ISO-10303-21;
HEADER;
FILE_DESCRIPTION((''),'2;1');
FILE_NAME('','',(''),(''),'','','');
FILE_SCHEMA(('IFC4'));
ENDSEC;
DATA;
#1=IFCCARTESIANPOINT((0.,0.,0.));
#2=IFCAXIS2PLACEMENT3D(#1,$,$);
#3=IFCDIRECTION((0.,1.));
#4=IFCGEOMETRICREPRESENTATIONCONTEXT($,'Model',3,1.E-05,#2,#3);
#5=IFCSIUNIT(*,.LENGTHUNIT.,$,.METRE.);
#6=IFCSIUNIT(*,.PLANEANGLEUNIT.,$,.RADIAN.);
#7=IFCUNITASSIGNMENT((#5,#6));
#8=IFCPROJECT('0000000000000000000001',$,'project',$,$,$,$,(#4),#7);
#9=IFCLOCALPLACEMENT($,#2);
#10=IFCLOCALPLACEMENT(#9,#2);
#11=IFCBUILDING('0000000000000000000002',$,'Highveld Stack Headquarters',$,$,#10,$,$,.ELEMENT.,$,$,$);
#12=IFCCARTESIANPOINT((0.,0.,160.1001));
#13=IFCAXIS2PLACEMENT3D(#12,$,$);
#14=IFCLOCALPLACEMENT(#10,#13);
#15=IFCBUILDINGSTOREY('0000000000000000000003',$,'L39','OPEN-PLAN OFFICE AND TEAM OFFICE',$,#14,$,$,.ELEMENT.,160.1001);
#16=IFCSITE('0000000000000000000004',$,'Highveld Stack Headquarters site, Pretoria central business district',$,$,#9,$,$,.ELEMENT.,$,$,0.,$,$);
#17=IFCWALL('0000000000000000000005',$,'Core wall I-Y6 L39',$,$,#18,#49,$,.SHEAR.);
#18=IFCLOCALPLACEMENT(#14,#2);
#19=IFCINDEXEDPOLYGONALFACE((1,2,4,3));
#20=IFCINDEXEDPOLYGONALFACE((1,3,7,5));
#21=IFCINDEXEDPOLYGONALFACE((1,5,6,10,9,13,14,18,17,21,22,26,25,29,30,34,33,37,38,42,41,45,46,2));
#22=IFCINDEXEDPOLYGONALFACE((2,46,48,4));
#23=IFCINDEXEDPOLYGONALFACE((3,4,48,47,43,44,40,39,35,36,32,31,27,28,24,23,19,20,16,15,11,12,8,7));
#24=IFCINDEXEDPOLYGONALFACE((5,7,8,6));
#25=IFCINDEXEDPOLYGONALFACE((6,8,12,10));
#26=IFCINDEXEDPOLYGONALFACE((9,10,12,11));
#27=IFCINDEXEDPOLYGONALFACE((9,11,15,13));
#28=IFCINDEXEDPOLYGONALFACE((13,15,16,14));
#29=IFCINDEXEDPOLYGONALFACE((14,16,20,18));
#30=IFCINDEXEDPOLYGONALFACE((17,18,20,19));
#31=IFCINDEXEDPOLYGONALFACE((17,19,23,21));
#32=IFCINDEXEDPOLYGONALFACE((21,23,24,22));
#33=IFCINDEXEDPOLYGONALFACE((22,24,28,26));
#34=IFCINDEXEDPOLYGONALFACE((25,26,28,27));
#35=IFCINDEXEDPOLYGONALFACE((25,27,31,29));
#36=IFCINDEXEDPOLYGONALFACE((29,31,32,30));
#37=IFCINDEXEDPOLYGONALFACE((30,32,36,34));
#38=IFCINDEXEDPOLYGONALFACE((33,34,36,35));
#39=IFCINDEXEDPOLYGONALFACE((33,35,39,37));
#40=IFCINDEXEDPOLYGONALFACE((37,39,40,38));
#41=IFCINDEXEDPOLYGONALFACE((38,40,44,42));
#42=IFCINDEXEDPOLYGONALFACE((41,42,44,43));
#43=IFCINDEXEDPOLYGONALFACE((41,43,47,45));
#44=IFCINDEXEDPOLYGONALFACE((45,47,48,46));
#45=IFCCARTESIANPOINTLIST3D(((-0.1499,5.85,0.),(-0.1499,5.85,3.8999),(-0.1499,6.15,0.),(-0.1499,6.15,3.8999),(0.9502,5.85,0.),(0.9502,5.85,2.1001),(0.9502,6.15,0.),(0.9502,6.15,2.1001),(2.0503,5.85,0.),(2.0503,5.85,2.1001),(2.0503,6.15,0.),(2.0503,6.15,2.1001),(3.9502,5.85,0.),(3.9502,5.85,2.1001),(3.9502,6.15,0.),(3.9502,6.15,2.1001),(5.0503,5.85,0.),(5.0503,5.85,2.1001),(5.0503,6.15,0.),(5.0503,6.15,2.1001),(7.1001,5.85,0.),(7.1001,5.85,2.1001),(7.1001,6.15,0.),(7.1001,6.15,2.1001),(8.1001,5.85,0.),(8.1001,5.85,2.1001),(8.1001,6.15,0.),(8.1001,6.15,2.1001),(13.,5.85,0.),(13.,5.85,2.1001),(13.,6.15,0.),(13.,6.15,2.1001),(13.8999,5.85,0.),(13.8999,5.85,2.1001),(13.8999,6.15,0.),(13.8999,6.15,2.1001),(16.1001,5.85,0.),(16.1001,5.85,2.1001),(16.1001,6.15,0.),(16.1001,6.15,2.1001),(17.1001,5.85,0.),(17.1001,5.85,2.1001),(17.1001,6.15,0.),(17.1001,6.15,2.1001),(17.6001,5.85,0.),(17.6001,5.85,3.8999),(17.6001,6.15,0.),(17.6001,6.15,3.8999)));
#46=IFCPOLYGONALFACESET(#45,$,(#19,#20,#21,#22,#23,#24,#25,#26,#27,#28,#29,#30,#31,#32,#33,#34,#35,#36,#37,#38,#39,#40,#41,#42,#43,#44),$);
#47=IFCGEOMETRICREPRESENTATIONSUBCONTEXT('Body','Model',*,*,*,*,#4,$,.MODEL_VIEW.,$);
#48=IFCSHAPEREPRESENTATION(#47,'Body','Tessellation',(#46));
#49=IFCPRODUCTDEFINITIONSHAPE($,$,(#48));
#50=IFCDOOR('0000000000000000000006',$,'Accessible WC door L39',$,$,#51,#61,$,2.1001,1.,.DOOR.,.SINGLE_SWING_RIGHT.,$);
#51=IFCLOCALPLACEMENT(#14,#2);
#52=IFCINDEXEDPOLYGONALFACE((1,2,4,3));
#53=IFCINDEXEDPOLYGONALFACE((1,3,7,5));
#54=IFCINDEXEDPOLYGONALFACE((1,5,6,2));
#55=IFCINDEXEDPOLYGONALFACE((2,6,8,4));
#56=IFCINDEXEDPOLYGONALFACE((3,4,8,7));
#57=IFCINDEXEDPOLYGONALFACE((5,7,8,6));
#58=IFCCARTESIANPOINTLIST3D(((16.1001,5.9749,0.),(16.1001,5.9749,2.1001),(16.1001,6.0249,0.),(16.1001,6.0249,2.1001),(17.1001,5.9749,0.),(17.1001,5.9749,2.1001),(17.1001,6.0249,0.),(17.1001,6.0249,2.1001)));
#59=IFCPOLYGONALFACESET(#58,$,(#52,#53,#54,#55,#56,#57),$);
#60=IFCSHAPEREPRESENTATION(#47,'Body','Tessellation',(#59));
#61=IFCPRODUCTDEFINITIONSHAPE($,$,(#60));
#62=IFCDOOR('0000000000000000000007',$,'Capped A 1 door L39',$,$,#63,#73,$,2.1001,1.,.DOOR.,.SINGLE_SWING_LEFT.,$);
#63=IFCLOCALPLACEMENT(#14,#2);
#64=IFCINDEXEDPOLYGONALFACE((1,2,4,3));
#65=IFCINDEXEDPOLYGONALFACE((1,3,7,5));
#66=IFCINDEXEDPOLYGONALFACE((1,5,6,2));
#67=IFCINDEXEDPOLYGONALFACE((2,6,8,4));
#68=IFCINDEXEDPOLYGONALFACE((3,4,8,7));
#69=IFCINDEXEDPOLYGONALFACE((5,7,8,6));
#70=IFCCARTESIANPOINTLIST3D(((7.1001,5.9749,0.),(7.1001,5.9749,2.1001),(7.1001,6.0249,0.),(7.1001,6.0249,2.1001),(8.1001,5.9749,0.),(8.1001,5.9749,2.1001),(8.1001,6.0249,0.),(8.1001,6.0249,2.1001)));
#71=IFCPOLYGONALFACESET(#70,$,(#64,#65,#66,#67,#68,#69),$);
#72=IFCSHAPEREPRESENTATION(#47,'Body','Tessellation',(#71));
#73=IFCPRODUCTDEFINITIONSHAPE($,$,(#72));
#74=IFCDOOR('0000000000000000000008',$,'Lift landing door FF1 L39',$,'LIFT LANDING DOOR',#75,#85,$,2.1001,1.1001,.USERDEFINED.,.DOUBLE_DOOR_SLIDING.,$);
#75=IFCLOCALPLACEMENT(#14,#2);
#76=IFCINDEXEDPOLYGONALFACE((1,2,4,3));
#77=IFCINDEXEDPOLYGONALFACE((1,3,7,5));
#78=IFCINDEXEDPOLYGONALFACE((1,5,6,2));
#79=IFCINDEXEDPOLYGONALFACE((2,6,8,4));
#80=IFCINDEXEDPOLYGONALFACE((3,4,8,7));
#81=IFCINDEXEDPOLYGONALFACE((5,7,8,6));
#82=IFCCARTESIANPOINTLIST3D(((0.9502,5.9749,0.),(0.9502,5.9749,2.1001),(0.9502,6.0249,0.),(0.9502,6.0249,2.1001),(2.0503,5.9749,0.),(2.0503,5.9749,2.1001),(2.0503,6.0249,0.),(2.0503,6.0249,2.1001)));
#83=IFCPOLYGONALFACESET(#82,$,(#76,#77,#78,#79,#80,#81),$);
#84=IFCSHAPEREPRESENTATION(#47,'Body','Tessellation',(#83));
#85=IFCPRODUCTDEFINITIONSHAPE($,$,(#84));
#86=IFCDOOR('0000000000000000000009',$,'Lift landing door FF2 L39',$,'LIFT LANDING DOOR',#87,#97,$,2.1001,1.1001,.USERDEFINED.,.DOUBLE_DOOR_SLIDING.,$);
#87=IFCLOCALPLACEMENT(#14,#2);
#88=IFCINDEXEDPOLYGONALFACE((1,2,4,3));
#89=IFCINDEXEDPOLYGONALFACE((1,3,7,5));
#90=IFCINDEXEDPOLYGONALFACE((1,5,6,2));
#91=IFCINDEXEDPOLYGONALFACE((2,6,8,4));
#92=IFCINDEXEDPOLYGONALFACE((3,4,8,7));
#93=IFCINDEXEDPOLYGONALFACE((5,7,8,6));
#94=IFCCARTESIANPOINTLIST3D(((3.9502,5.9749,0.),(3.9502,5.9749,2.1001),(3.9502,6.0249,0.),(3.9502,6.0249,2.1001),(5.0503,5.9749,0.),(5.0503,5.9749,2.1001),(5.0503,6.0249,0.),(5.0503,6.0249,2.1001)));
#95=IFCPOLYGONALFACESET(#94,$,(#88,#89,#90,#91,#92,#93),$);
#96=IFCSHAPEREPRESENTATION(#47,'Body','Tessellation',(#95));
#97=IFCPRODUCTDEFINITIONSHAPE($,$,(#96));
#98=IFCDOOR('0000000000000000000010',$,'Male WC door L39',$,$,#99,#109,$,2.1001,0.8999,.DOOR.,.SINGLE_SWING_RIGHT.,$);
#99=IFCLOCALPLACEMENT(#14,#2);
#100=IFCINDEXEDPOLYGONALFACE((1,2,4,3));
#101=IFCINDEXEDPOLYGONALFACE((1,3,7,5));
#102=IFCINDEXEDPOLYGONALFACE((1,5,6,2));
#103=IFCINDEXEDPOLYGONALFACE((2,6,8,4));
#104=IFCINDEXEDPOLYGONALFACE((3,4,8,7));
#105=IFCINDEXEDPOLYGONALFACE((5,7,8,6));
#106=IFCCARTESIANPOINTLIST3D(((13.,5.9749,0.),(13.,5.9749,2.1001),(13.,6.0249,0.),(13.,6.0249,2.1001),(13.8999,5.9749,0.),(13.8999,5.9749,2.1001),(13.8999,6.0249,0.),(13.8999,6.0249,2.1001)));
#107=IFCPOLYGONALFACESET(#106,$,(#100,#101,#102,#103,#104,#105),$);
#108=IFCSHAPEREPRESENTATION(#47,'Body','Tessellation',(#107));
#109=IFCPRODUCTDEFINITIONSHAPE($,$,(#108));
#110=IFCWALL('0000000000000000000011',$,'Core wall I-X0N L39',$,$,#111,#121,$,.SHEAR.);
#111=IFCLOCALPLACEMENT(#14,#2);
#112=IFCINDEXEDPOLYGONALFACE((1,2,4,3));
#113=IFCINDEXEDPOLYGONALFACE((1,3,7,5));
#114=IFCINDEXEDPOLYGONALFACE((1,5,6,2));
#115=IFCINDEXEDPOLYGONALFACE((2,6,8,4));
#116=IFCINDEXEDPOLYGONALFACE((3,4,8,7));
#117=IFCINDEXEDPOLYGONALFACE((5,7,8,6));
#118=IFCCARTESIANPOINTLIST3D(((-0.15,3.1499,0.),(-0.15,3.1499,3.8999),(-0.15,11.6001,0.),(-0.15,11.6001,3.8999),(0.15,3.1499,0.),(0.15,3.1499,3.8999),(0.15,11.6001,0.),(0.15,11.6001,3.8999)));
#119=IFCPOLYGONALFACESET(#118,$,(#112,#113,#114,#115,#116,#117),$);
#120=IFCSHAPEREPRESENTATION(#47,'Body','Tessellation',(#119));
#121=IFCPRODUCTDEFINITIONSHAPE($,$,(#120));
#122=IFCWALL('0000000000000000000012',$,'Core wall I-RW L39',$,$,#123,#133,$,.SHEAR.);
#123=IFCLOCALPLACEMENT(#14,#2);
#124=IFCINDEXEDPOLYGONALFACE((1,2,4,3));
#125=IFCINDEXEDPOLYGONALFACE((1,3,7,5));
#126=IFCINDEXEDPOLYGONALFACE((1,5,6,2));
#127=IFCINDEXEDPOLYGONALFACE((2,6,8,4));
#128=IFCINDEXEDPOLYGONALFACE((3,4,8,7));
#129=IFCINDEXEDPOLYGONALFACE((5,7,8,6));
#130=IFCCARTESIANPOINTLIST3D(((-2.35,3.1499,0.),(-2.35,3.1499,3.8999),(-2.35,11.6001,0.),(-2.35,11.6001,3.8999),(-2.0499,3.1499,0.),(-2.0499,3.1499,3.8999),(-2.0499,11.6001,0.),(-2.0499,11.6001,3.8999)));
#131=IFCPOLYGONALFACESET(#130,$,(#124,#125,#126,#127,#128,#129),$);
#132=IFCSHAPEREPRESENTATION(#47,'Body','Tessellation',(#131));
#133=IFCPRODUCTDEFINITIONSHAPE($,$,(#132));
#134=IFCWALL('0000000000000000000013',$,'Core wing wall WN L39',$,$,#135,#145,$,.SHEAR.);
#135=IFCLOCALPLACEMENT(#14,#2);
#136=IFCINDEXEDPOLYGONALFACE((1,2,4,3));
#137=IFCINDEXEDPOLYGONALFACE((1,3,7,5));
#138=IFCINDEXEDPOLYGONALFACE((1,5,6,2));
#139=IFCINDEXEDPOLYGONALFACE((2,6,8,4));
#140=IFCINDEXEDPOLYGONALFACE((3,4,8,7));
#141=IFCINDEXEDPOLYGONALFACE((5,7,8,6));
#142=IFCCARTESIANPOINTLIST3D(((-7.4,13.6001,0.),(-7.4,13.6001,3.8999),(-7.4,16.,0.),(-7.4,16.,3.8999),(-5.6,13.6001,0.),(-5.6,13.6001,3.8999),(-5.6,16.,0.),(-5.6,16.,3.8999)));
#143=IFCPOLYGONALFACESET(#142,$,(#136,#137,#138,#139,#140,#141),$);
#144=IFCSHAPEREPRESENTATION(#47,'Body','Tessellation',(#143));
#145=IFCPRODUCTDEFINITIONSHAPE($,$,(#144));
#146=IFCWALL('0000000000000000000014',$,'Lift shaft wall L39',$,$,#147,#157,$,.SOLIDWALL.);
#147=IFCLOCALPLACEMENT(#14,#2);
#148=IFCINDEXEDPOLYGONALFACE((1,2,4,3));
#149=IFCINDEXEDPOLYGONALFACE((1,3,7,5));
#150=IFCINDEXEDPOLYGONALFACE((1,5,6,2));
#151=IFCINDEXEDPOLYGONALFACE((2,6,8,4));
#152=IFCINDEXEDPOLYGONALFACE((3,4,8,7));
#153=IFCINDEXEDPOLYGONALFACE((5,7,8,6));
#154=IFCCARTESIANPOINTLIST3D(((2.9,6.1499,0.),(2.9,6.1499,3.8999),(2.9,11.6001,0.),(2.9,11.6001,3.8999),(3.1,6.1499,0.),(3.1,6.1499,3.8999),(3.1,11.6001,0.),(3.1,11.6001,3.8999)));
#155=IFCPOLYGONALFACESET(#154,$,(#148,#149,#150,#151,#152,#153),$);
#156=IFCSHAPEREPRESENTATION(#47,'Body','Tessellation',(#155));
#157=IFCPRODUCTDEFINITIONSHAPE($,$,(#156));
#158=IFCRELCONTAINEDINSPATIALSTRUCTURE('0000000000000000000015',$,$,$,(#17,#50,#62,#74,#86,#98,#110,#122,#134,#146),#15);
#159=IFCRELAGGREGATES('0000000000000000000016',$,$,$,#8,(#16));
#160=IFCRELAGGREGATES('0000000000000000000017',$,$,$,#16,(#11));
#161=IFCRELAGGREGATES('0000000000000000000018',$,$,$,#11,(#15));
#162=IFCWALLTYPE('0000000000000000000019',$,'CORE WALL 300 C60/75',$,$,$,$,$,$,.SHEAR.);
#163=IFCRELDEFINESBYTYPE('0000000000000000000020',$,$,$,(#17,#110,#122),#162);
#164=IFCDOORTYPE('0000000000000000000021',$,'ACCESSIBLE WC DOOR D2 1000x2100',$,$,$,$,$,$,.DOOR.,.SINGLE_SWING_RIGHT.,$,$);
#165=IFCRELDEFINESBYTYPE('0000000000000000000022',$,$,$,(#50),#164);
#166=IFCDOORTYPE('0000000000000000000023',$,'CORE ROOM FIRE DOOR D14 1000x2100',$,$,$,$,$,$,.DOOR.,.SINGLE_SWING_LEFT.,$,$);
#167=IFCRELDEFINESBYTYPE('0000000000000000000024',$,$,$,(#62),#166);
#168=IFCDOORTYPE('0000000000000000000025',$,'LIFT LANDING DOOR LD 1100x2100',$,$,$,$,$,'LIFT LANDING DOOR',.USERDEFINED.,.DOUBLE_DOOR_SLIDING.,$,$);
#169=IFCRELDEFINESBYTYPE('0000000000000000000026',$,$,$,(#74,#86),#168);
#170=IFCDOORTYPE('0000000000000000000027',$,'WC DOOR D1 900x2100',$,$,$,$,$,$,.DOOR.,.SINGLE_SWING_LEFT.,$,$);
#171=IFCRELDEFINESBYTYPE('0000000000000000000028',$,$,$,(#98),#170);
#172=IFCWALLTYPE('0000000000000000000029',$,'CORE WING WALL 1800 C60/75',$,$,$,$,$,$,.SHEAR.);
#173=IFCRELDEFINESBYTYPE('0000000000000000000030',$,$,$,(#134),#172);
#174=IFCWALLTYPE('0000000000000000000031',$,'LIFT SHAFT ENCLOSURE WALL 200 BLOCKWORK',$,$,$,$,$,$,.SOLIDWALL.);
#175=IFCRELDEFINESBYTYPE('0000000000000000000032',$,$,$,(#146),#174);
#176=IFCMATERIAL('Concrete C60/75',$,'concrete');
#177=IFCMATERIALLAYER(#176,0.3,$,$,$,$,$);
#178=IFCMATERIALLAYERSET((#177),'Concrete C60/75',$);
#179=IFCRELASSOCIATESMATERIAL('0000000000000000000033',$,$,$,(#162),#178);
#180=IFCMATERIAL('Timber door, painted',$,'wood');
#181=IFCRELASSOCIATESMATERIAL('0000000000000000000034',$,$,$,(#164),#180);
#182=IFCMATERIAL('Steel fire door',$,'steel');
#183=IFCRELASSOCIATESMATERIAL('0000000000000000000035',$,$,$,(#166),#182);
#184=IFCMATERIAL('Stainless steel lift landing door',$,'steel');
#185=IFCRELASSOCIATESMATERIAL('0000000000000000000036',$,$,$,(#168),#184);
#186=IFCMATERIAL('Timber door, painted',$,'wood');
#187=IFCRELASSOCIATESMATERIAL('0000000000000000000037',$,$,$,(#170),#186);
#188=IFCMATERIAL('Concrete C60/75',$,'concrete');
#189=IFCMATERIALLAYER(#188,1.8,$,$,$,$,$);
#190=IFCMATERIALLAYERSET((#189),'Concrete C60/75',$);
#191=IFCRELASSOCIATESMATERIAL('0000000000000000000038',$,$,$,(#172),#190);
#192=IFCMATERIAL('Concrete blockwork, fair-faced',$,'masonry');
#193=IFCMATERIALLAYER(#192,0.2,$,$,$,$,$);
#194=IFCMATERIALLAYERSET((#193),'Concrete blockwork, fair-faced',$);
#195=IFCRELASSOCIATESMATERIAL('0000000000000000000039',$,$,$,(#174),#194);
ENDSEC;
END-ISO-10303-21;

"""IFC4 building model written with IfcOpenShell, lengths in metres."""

from ifc_helpers import new_model, si_unit, direction, frame, frame_2d, origin, place, context, subcontext, project, spatial, rectangle, extrude, material, layer, layer_set, type_object, element, fill, save


model = new_model("IFC4")

# Units and contexts
model_context = context("Model", 3, precision=1e-05, world=origin(), true_north=direction((0.0, 1.0)))
body_context = subcontext(model_context, "Body", "Model", "MODEL_VIEW")
ifc_project = project(units=[si_unit("LENGTHUNIT", "METRE"), si_unit("PLANEANGLEUNIT", "RADIAN")], contexts=[model_context])

# Site, building, storey
site_placement = place(None, origin())
site = spatial("IfcSite", under=ifc_project, at=site_placement, Name="Highveld Stack Headquarters site, Pretoria central business district", CompositionType="ELEMENT", RefElevation=0.0)
building_placement = place(site_placement, origin())
building = spatial("IfcBuilding", under=site, at=building_placement, Name="Highveld Stack Headquarters", CompositionType="ELEMENT")
storey_placement = place(building_placement, frame((0.0, 0.0, 160.1001)))
storey = spatial("IfcBuildingStorey", under=building, at=storey_placement, Name="L39", Description="OPEN-PLAN OFFICE AND TEAM OFFICE", CompositionType="ELEMENT", Elevation=160.1001)

# Wall, openings, doors
ifc_material_1 = material(Name="Concrete C60/75", Category="concrete")
ifc_layer_1 = layer(ifc_material_1, 0.3)
ifc_layer_set_1 = layer_set([ifc_layer_1], Name="Concrete C60/75")
wall_type_1 = type_object("IfcWallType", Name="CORE WALL 300 C60/75", PredefinedType="SHEAR", material=ifc_layer_set_1)
wall_1_placement = place(storey_placement, frame((-0.1499, 6.0, 0.0), z_axis=(0.0, 0.0, 1.0), x_axis=(1.0, 0.0, 0.0)))
wall_1 = element("IfcWall", 1, at=wall_1_placement, inside=storey, type_object=wall_type_1, Name="Core wall I-Y6 L39", PredefinedType="SHEAR", context=body_context, shape_type="SweptSolid", body=[
    extrude(rectangle(XDim=17.75, YDim=0.3, at=frame_2d((8.875, 0.0))), origin(), (0.0, 0.0, 1.0), 3.8999),
])
opening_1_placement = place(wall_1_placement, frame((13.1499, 0.0, 0.0)))
opening_1 = element("IfcOpeningElement", 2, at=opening_1_placement, cuts=wall_1, PredefinedType="OPENING", context=body_context, shape_type="SweptSolid", body=[
    extrude(rectangle(XDim=0.8999, YDim=2.1001, at=frame_2d((0.45, 1.05))), frame((0.0, 0.1599, 0.0), z_axis=(0.0, -1.0, 0.0), x_axis=(1.0, 0.0, 0.0)), (0.0, 0.0, 1.0), 0.3201),
])
opening_2_placement = place(wall_1_placement, frame((16.25, 0.0, 0.0)))
opening_2 = element("IfcOpeningElement", 3, at=opening_2_placement, cuts=wall_1, PredefinedType="OPENING", context=body_context, shape_type="SweptSolid", body=[
    extrude(rectangle(XDim=1.0, YDim=2.1001, at=frame_2d((0.5, 1.05))), frame((0.0, 0.1599, 0.0), z_axis=(0.0, -1.0, 0.0), x_axis=(1.0, 0.0, 0.0)), (0.0, 0.0, 1.0), 0.3201),
])
opening_3_placement = place(wall_1_placement, frame((7.25, 0.0, 0.0)))
opening_3 = element("IfcOpeningElement", 4, at=opening_3_placement, cuts=wall_1, PredefinedType="OPENING", context=body_context, shape_type="SweptSolid", body=[
    extrude(rectangle(XDim=1.0, YDim=2.1001, at=frame_2d((0.5, 1.05))), frame((0.0, 0.1599, 0.0), z_axis=(0.0, -1.0, 0.0), x_axis=(1.0, 0.0, 0.0)), (0.0, 0.0, 1.0), 0.3201),
])
opening_4_placement = place(wall_1_placement, frame((1.1001, 0.0, 0.0)))
opening_4 = element("IfcOpeningElement", 5, at=opening_4_placement, cuts=wall_1, PredefinedType="OPENING", context=body_context, shape_type="SweptSolid", body=[
    extrude(rectangle(XDim=1.1001, YDim=2.1001, at=frame_2d((0.55, 1.05))), frame((0.0, 0.1599, 0.0), z_axis=(0.0, -1.0, 0.0), x_axis=(1.0, 0.0, 0.0)), (0.0, 0.0, 1.0), 0.3201),
])
opening_5_placement = place(wall_1_placement, frame((4.1001, 0.0, 0.0)))
opening_5 = element("IfcOpeningElement", 6, at=opening_5_placement, cuts=wall_1, PredefinedType="OPENING", context=body_context, shape_type="SweptSolid", body=[
    extrude(rectangle(XDim=1.1001, YDim=2.1001, at=frame_2d((0.55, 1.05))), frame((0.0, 0.1599, 0.0), z_axis=(0.0, -1.0, 0.0), x_axis=(1.0, 0.0, 0.0)), (0.0, 0.0, 1.0), 0.3201),
])
ifc_material_2 = material(Name="Timber door, painted", Category="wood")
door_type_1 = type_object("IfcDoorType", Name="ACCESSIBLE WC DOOR D2 1000x2100", OperationType="SINGLE_SWING_RIGHT", PredefinedType="DOOR", material=ifc_material_2)
door_1_placement = place(opening_2_placement, origin())
door_1 = element("IfcDoor", 7, at=door_1_placement, inside=storey, type_object=door_type_1, Name="Accessible WC door L39", OperationType="SINGLE_SWING_RIGHT", OverallHeight=2.1001, OverallWidth=1.0, PredefinedType="DOOR", context=body_context, shape_type="SweptSolid", body=[
    extrude(rectangle(XDim=1.0, YDim=2.1001, at=frame_2d((0.5, 1.05))), frame((0.0, 0.0249, 0.0), z_axis=(0.0, -1.0, 0.0), x_axis=(1.0, 0.0, 0.0)), (0.0, 0.0, 1.0), 0.05),
])
fill(opening_2, door_1)
ifc_material_3 = material(Name="Steel fire door", Category="steel")
door_type_2 = type_object("IfcDoorType", Name="CORE ROOM FIRE DOOR D14 1000x2100", OperationType="SINGLE_SWING_LEFT", PredefinedType="DOOR", material=ifc_material_3)
door_2_placement = place(opening_3_placement, origin())
door_2 = element("IfcDoor", 8, at=door_2_placement, inside=storey, type_object=door_type_2, Name="Capped A 1 door L39", OperationType="SINGLE_SWING_LEFT", OverallHeight=2.1001, OverallWidth=1.0, PredefinedType="DOOR", context=body_context, shape_type="SweptSolid", body=[
    extrude(rectangle(XDim=1.0, YDim=2.1001, at=frame_2d((0.5, 1.05))), frame((0.0, 0.0249, 0.0), z_axis=(0.0, -1.0, 0.0), x_axis=(1.0, 0.0, 0.0)), (0.0, 0.0, 1.0), 0.05),
])
fill(opening_3, door_2)
ifc_material_4 = material(Name="Stainless steel lift landing door", Category="steel")
door_type_3 = type_object("IfcDoorType", Name="LIFT LANDING DOOR LD 1100x2100", ElementType="LIFT LANDING DOOR", OperationType="DOUBLE_DOOR_SLIDING", PredefinedType="USERDEFINED", material=ifc_material_4)
door_3_placement = place(opening_4_placement, origin())
door_3 = element("IfcDoor", 9, at=door_3_placement, inside=storey, type_object=door_type_3, Name="Lift landing door FF1 L39", ObjectType="LIFT LANDING DOOR", OperationType="DOUBLE_DOOR_SLIDING", OverallHeight=2.1001, OverallWidth=1.1001, PredefinedType="USERDEFINED", context=body_context, shape_type="SweptSolid", body=[
    extrude(rectangle(XDim=1.1001, YDim=2.1001, at=frame_2d((0.55, 1.05))), frame((0.0, 0.0249, 0.0), z_axis=(0.0, -1.0, 0.0), x_axis=(1.0, 0.0, 0.0)), (0.0, 0.0, 1.0), 0.05),
])
fill(opening_4, door_3)
door_4_placement = place(opening_5_placement, origin())
door_4 = element("IfcDoor", 10, at=door_4_placement, inside=storey, type_object=door_type_3, Name="Lift landing door FF2 L39", ObjectType="LIFT LANDING DOOR", OperationType="DOUBLE_DOOR_SLIDING", OverallHeight=2.1001, OverallWidth=1.1001, PredefinedType="USERDEFINED", context=body_context, shape_type="SweptSolid", body=[
    extrude(rectangle(XDim=1.1001, YDim=2.1001, at=frame_2d((0.55, 1.05))), frame((0.0, 0.0249, 0.0), z_axis=(0.0, -1.0, 0.0), x_axis=(1.0, 0.0, 0.0)), (0.0, 0.0, 1.0), 0.05),
])
fill(opening_5, door_4)
ifc_material_5 = material(Name="Timber door, painted", Category="wood")
door_type_4 = type_object("IfcDoorType", Name="WC DOOR D1 900x2100", OperationType="SINGLE_SWING_LEFT", PredefinedType="DOOR", material=ifc_material_5)
door_5_placement = place(opening_1_placement, origin())
door_5 = element("IfcDoor", 11, at=door_5_placement, inside=storey, type_object=door_type_4, Name="Male WC door L39", OperationType="SINGLE_SWING_RIGHT", OverallHeight=2.1001, OverallWidth=0.8999, PredefinedType="DOOR", context=body_context, shape_type="SweptSolid", body=[
    extrude(rectangle(XDim=0.8999, YDim=2.1001, at=frame_2d((0.45, 1.05))), frame((0.0, 0.0249, 0.0), z_axis=(0.0, -1.0, 0.0), x_axis=(1.0, 0.0, 0.0)), (0.0, 0.0, 1.0), 0.05),
])
fill(opening_1, door_5)

# Walls
for number, where, z_axis, x_axis, name in (
    (12, (0.0, 3.1499, 0.0), (0.0, 0.0, 1.0), (0.0, 1.0, 0.0), "Core wall I-X0N L39"),
    (13, (-2.2, 3.1499, 0.0), (0.0, 0.0, 1.0), (0.0, 1.0, 0.0), "Core wall I-RW L39"),
):
    element("IfcWall", number, at=place(storey_placement, frame(where, z_axis=z_axis, x_axis=x_axis)), inside=storey, type_object=wall_type_1, Name=name, PredefinedType="SHEAR", context=body_context, shape_type="SweptSolid", body=[
        extrude(rectangle(XDim=8.4502, YDim=0.3, at=frame_2d((4.2251, 0.0))), origin(), (0.0, 0.0, 1.0), 3.8999),
    ])
ifc_material_6 = material(Name="Concrete C60/75", Category="concrete")
ifc_layer_2 = layer(ifc_material_6, 1.8)
ifc_layer_set_2 = layer_set([ifc_layer_2], Name="Concrete C60/75")
wall_type_2 = type_object("IfcWallType", Name="CORE WING WALL 1800 C60/75", PredefinedType="SHEAR", material=ifc_layer_set_2)
wall_2_placement = place(storey_placement, frame((-6.5, 13.6001, 0.0), z_axis=(0.0, 0.0, 1.0), x_axis=(0.0, 1.0, 0.0)))
element("IfcWall", 14, at=wall_2_placement, inside=storey, type_object=wall_type_2, Name="Core wing wall WN L39", PredefinedType="SHEAR", context=body_context, shape_type="SweptSolid", body=[
    extrude(rectangle(XDim=2.3999, YDim=1.8, at=frame_2d((1.2, 0.0))), origin(), (0.0, 0.0, 1.0), 3.8999),
])
ifc_material_7 = material(Name="Concrete blockwork, fair-faced", Category="masonry")
ifc_layer_3 = layer(ifc_material_7, 0.2)
ifc_layer_set_3 = layer_set([ifc_layer_3], Name="Concrete blockwork, fair-faced")
wall_type_3 = type_object("IfcWallType", Name="LIFT SHAFT ENCLOSURE WALL 200 BLOCKWORK", PredefinedType="SOLIDWALL", material=ifc_layer_set_3)
wall_3_placement = place(storey_placement, frame((3.0, 6.1499, 0.0), z_axis=(0.0, 0.0, 1.0), x_axis=(0.0, 1.0, 0.0)))
element("IfcWall", 15, at=wall_3_placement, inside=storey, type_object=wall_type_3, Name="Lift shaft wall L39", PredefinedType="SOLIDWALL", context=body_context, shape_type="SweptSolid", body=[
    extrude(rectangle(XDim=5.4502, YDim=0.2, at=frame_2d((2.7251, 0.0))), origin(), (0.0, 0.0, 1.0), 3.8999),
])

save(model, "model.ifc")
